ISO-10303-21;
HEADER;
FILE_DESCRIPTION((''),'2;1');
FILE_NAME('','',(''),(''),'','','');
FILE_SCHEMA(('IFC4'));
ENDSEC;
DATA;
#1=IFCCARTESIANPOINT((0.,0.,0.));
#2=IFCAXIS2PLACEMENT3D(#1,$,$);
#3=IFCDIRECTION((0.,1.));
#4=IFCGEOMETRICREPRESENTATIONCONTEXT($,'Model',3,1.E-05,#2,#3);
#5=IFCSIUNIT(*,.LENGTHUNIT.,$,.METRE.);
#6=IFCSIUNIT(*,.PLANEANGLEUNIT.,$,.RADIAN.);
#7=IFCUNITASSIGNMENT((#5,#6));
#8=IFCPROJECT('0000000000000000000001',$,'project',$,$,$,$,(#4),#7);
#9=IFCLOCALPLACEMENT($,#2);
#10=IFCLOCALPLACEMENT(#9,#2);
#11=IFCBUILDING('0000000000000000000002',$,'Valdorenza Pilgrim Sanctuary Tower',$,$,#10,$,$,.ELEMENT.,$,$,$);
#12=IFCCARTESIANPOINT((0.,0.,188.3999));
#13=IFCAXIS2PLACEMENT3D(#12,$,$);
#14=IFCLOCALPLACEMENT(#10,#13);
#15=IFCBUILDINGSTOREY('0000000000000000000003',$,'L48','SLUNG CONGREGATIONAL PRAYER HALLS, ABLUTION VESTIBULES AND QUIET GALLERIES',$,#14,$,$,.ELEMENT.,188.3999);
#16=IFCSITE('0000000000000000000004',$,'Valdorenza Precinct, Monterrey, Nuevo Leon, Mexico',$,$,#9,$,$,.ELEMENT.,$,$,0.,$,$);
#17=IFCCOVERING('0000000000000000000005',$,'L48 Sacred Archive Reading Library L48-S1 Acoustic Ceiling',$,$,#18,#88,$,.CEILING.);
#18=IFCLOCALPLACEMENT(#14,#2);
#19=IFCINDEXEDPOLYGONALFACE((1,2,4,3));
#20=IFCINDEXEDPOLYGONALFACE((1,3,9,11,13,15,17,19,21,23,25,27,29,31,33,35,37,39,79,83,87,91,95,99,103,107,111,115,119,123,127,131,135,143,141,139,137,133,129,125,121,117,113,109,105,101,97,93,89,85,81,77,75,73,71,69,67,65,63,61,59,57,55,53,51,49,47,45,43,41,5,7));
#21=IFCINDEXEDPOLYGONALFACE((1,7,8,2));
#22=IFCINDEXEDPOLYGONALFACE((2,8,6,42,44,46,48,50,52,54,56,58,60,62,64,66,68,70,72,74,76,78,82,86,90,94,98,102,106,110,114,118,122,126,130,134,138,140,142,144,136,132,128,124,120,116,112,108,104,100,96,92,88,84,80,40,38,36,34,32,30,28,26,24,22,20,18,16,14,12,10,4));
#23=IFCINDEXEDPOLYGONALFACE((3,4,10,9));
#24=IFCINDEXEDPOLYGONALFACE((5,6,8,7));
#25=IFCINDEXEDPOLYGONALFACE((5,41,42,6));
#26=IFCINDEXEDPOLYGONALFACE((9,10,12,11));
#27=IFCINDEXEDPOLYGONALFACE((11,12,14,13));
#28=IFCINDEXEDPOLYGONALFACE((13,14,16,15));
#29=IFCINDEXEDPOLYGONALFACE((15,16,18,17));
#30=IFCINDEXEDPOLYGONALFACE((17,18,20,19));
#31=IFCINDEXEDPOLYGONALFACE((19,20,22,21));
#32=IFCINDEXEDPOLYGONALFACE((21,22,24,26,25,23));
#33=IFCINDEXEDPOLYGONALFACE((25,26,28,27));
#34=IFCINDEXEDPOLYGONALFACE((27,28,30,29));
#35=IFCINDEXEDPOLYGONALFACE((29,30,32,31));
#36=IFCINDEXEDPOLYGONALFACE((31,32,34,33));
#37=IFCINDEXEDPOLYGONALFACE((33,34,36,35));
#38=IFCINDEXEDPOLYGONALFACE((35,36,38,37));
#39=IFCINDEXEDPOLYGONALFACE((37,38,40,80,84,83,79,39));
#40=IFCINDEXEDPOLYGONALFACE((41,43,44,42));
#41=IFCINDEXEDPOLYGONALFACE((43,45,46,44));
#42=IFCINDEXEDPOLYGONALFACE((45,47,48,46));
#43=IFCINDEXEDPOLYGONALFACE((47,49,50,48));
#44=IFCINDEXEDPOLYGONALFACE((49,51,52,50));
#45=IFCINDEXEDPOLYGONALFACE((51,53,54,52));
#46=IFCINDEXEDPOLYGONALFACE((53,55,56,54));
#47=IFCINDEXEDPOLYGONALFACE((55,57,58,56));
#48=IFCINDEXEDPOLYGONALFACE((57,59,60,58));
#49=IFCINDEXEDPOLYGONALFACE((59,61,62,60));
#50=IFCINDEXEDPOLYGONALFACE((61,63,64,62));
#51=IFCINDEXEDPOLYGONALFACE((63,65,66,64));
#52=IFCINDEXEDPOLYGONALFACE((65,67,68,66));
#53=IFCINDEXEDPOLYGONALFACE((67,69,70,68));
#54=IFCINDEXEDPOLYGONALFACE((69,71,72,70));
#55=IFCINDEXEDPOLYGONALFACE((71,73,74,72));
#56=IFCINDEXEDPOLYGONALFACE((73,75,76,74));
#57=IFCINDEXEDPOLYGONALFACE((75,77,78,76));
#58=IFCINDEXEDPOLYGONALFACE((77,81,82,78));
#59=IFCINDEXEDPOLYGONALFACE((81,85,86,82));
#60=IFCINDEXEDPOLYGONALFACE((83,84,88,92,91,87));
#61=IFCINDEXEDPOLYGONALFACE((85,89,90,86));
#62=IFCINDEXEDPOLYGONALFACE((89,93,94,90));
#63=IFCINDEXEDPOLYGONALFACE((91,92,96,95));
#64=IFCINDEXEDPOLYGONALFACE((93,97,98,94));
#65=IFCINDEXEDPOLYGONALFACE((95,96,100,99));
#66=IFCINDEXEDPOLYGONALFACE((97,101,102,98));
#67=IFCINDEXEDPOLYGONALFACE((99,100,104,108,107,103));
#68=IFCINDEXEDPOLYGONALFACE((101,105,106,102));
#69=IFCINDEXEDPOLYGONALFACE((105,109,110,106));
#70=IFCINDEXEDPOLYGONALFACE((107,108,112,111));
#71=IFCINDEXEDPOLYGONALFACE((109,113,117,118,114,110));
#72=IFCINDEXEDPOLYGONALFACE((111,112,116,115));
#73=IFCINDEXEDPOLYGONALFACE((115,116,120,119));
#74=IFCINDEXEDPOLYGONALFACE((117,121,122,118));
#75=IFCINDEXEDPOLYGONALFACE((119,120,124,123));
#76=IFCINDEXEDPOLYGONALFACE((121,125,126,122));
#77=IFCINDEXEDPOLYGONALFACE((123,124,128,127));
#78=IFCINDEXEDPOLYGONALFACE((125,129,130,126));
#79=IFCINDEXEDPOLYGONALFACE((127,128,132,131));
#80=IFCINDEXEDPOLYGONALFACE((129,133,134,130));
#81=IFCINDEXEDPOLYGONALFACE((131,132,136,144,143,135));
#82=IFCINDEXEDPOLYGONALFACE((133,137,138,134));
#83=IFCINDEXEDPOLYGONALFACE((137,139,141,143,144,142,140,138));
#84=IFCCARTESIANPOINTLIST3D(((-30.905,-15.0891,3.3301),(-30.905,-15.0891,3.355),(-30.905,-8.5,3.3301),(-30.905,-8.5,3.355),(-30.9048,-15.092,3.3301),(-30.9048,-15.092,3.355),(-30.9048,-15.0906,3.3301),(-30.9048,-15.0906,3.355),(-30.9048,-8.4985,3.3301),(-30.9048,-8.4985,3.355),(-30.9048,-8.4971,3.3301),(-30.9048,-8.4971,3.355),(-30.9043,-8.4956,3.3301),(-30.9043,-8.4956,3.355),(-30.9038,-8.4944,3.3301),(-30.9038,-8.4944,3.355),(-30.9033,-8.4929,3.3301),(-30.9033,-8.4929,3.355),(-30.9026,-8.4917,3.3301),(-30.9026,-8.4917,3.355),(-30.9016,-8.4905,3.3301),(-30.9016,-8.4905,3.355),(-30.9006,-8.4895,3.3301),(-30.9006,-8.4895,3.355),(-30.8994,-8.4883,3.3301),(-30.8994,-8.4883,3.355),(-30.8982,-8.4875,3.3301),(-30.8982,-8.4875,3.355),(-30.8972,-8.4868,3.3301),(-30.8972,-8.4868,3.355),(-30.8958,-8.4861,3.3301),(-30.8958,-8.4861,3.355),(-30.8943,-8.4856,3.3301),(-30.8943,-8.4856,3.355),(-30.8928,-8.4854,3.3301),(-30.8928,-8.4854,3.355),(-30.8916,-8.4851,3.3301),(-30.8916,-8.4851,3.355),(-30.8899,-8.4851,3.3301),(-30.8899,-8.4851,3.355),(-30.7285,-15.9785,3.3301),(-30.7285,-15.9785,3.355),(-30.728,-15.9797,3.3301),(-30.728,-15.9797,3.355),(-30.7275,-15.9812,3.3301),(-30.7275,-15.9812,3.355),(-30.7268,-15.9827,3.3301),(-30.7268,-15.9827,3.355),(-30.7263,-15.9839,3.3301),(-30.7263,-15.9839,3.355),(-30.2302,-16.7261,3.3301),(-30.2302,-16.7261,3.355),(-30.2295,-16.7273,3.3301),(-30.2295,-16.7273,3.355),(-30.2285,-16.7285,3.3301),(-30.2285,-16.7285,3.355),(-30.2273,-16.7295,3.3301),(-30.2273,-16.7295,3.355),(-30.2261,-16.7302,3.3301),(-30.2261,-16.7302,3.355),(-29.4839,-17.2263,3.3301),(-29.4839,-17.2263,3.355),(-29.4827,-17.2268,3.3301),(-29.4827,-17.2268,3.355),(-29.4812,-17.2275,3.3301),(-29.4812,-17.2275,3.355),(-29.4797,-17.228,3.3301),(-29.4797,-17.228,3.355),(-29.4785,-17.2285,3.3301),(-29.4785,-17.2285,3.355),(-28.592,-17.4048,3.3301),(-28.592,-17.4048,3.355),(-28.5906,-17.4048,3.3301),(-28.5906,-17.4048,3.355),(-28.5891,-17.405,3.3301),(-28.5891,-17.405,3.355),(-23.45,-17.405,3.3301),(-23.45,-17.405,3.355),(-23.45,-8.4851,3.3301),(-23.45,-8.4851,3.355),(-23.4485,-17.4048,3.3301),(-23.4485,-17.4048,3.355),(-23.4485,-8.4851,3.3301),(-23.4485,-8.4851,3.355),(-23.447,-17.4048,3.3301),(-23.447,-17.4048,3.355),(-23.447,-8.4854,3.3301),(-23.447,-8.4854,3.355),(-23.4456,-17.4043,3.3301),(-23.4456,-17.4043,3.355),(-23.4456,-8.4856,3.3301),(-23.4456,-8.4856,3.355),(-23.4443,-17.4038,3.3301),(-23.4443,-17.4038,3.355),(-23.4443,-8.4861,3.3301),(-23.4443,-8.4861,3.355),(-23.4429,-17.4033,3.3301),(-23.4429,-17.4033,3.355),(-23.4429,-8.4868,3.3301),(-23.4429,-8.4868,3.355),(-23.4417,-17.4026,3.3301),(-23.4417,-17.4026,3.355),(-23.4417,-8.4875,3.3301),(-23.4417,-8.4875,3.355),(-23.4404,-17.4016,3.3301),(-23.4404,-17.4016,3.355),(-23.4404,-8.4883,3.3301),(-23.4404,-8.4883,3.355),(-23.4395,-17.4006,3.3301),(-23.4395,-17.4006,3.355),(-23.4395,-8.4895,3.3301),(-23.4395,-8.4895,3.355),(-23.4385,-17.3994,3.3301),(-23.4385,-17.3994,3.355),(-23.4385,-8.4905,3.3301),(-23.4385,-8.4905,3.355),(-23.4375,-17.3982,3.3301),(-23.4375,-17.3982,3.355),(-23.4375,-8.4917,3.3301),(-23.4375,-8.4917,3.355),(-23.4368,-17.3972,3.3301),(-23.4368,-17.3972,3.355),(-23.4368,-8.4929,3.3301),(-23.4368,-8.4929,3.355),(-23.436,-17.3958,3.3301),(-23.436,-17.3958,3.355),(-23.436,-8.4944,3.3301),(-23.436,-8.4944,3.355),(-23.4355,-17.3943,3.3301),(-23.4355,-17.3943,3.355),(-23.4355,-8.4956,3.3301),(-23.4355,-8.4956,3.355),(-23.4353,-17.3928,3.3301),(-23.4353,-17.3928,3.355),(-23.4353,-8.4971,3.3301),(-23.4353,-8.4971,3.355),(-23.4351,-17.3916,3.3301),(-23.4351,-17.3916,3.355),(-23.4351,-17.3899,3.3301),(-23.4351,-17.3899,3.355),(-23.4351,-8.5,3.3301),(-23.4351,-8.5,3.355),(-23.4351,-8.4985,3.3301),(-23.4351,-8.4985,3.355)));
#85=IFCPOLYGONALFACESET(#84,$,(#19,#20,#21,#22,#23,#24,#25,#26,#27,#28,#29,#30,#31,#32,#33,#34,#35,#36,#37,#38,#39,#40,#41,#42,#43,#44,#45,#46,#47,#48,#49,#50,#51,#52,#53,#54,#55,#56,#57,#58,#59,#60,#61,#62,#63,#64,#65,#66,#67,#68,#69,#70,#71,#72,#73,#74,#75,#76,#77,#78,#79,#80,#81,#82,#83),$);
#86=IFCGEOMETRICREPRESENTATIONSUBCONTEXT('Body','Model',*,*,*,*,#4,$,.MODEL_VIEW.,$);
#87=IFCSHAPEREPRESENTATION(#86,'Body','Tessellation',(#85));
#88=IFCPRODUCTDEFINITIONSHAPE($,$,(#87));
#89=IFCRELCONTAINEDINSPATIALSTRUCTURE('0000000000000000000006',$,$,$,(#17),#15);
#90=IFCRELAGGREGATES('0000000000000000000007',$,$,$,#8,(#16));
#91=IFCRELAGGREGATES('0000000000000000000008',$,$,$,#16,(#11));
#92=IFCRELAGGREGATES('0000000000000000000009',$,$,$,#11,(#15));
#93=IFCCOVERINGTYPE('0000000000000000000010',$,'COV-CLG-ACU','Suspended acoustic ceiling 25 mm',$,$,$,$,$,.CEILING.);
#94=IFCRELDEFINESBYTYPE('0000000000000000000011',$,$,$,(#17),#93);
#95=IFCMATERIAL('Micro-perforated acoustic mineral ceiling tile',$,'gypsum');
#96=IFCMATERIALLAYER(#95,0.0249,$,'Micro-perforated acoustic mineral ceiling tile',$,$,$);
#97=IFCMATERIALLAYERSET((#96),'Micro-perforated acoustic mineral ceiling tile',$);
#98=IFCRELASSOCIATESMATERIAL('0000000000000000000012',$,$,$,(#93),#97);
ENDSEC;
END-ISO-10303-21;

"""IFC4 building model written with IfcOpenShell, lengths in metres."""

from ifc_helpers import new_model, si_unit, direction, frame, origin, place, context, subcontext, project, spatial, polyline, outline, extrude, material, layer, layer_set, type_object, element, save


model = new_model("IFC4")

# Units and contexts
model_context = context("Model", 3, precision=1e-05, world=origin(), true_north=direction((0.0, 1.0)))
body_context = subcontext(model_context, "Body", "Model", "MODEL_VIEW")
ifc_project = project(units=[si_unit("LENGTHUNIT", "METRE"), si_unit("PLANEANGLEUNIT", "RADIAN")], contexts=[model_context])

# Site, building, storey
site_placement = place(None, origin())
site = spatial("IfcSite", under=ifc_project, at=site_placement, Name="Valdorenza Precinct, Monterrey, Nuevo Leon, Mexico", CompositionType="ELEMENT", RefElevation=0.0)
building_placement = place(site_placement, origin())
building = spatial("IfcBuilding", under=site, at=building_placement, Name="Valdorenza Pilgrim Sanctuary Tower", CompositionType="ELEMENT")
storey_placement = place(building_placement, frame((0.0, 0.0, 188.3999)))
storey = spatial("IfcBuildingStorey", under=building, at=storey_placement, Name="L48", Description="SLUNG CONGREGATIONAL PRAYER HALLS, ABLUTION VESTIBULES AND QUIET GALLERIES", CompositionType="ELEMENT", Elevation=188.3999)

# Covering
ifc_material_1 = material(Name="Micro-perforated acoustic mineral ceiling tile", Category="gypsum")
ifc_layer_1 = layer(ifc_material_1, 0.0249, Name="Micro-perforated acoustic mineral ceiling tile")
ifc_layer_set_1 = layer_set([ifc_layer_1], Name="Micro-perforated acoustic mineral ceiling tile")
covering_type_1 = type_object("IfcCoveringType", Name="COV-CLG-ACU", Description="Suspended acoustic ceiling 25 mm", PredefinedType="CEILING", material=ifc_layer_set_1)
covering_1_placement = place(storey_placement, frame((0.0, 0.0, 3.3301)))
element("IfcCovering", 1, at=covering_1_placement, inside=storey, type_object=covering_type_1, Name="L48 Sacred Archive Reading Library L48-S1 Acoustic Ceiling", PredefinedType="CEILING", context=body_context, shape_type="SweptSolid", body=[
    extrude(outline(polyline([(-23.4351, -17.3899), (-23.4351, -17.3916), (-23.4353, -17.3928), (-23.4355, -17.3943), (-23.436, -17.3958), (-23.4368, -17.3972), (-23.4375, -17.3982), (-23.4385, -17.3994), (-23.4395, -17.4006), (-23.4404, -17.4016), (-23.4417, -17.4026), (-23.4429, -17.4033), (-23.4443, -17.4038), (-23.4456, -17.4043), (-23.447, -17.4048), (-23.4485, -17.4048), (-23.45, -17.405), (-28.5891, -17.405), (-28.5906, -17.4048), (-28.592, -17.4048), (-29.4785, -17.2285), (-29.4797, -17.228), (-29.4812, -17.2275), (-29.4827, -17.2268), (-29.4839, -17.2263), (-30.2261, -16.7302), (-30.2273, -16.7295), (-30.2285, -16.7285), (-30.2295, -16.7273), (-30.2302, -16.7261), (-30.7263, -15.9839), (-30.7268, -15.9827), (-30.7275, -15.9812), (-30.728, -15.9797), (-30.7285, -15.9785), (-30.9048, -15.092), (-30.9048, -15.0906), (-30.905, -15.0891), (-30.905, -8.5), (-30.9048, -8.4985), (-30.9048, -8.4971), (-30.9043, -8.4956), (-30.9038, -8.4944), (-30.9033, -8.4929), (-30.9026, -8.4917), (-30.9016, -8.4905), (-30.9006, -8.4895), (-30.8994, -8.4883), (-30.8982, -8.4875), (-30.8972, -8.4868), (-30.8958, -8.4861), (-30.8943, -8.4856), (-30.8928, -8.4854), (-30.8916, -8.4851), (-30.8899, -8.4851), (-23.45, -8.4851), (-23.4485, -8.4851), (-23.447, -8.4854), (-23.4456, -8.4856), (-23.4443, -8.4861), (-23.4429, -8.4868), (-23.4417, -8.4875), (-23.4404, -8.4883), (-23.4395, -8.4895), (-23.4385, -8.4905), (-23.4375, -8.4917), (-23.4368, -8.4929), (-23.436, -8.4944), (-23.4355, -8.4956), (-23.4353, -8.4971), (-23.4351, -8.4985), (-23.4351, -8.5), (-23.4351, -17.3899)])), origin(), (0.0, 0.0, 1.0), 0.0249),
])

save(model, "model.ifc")
